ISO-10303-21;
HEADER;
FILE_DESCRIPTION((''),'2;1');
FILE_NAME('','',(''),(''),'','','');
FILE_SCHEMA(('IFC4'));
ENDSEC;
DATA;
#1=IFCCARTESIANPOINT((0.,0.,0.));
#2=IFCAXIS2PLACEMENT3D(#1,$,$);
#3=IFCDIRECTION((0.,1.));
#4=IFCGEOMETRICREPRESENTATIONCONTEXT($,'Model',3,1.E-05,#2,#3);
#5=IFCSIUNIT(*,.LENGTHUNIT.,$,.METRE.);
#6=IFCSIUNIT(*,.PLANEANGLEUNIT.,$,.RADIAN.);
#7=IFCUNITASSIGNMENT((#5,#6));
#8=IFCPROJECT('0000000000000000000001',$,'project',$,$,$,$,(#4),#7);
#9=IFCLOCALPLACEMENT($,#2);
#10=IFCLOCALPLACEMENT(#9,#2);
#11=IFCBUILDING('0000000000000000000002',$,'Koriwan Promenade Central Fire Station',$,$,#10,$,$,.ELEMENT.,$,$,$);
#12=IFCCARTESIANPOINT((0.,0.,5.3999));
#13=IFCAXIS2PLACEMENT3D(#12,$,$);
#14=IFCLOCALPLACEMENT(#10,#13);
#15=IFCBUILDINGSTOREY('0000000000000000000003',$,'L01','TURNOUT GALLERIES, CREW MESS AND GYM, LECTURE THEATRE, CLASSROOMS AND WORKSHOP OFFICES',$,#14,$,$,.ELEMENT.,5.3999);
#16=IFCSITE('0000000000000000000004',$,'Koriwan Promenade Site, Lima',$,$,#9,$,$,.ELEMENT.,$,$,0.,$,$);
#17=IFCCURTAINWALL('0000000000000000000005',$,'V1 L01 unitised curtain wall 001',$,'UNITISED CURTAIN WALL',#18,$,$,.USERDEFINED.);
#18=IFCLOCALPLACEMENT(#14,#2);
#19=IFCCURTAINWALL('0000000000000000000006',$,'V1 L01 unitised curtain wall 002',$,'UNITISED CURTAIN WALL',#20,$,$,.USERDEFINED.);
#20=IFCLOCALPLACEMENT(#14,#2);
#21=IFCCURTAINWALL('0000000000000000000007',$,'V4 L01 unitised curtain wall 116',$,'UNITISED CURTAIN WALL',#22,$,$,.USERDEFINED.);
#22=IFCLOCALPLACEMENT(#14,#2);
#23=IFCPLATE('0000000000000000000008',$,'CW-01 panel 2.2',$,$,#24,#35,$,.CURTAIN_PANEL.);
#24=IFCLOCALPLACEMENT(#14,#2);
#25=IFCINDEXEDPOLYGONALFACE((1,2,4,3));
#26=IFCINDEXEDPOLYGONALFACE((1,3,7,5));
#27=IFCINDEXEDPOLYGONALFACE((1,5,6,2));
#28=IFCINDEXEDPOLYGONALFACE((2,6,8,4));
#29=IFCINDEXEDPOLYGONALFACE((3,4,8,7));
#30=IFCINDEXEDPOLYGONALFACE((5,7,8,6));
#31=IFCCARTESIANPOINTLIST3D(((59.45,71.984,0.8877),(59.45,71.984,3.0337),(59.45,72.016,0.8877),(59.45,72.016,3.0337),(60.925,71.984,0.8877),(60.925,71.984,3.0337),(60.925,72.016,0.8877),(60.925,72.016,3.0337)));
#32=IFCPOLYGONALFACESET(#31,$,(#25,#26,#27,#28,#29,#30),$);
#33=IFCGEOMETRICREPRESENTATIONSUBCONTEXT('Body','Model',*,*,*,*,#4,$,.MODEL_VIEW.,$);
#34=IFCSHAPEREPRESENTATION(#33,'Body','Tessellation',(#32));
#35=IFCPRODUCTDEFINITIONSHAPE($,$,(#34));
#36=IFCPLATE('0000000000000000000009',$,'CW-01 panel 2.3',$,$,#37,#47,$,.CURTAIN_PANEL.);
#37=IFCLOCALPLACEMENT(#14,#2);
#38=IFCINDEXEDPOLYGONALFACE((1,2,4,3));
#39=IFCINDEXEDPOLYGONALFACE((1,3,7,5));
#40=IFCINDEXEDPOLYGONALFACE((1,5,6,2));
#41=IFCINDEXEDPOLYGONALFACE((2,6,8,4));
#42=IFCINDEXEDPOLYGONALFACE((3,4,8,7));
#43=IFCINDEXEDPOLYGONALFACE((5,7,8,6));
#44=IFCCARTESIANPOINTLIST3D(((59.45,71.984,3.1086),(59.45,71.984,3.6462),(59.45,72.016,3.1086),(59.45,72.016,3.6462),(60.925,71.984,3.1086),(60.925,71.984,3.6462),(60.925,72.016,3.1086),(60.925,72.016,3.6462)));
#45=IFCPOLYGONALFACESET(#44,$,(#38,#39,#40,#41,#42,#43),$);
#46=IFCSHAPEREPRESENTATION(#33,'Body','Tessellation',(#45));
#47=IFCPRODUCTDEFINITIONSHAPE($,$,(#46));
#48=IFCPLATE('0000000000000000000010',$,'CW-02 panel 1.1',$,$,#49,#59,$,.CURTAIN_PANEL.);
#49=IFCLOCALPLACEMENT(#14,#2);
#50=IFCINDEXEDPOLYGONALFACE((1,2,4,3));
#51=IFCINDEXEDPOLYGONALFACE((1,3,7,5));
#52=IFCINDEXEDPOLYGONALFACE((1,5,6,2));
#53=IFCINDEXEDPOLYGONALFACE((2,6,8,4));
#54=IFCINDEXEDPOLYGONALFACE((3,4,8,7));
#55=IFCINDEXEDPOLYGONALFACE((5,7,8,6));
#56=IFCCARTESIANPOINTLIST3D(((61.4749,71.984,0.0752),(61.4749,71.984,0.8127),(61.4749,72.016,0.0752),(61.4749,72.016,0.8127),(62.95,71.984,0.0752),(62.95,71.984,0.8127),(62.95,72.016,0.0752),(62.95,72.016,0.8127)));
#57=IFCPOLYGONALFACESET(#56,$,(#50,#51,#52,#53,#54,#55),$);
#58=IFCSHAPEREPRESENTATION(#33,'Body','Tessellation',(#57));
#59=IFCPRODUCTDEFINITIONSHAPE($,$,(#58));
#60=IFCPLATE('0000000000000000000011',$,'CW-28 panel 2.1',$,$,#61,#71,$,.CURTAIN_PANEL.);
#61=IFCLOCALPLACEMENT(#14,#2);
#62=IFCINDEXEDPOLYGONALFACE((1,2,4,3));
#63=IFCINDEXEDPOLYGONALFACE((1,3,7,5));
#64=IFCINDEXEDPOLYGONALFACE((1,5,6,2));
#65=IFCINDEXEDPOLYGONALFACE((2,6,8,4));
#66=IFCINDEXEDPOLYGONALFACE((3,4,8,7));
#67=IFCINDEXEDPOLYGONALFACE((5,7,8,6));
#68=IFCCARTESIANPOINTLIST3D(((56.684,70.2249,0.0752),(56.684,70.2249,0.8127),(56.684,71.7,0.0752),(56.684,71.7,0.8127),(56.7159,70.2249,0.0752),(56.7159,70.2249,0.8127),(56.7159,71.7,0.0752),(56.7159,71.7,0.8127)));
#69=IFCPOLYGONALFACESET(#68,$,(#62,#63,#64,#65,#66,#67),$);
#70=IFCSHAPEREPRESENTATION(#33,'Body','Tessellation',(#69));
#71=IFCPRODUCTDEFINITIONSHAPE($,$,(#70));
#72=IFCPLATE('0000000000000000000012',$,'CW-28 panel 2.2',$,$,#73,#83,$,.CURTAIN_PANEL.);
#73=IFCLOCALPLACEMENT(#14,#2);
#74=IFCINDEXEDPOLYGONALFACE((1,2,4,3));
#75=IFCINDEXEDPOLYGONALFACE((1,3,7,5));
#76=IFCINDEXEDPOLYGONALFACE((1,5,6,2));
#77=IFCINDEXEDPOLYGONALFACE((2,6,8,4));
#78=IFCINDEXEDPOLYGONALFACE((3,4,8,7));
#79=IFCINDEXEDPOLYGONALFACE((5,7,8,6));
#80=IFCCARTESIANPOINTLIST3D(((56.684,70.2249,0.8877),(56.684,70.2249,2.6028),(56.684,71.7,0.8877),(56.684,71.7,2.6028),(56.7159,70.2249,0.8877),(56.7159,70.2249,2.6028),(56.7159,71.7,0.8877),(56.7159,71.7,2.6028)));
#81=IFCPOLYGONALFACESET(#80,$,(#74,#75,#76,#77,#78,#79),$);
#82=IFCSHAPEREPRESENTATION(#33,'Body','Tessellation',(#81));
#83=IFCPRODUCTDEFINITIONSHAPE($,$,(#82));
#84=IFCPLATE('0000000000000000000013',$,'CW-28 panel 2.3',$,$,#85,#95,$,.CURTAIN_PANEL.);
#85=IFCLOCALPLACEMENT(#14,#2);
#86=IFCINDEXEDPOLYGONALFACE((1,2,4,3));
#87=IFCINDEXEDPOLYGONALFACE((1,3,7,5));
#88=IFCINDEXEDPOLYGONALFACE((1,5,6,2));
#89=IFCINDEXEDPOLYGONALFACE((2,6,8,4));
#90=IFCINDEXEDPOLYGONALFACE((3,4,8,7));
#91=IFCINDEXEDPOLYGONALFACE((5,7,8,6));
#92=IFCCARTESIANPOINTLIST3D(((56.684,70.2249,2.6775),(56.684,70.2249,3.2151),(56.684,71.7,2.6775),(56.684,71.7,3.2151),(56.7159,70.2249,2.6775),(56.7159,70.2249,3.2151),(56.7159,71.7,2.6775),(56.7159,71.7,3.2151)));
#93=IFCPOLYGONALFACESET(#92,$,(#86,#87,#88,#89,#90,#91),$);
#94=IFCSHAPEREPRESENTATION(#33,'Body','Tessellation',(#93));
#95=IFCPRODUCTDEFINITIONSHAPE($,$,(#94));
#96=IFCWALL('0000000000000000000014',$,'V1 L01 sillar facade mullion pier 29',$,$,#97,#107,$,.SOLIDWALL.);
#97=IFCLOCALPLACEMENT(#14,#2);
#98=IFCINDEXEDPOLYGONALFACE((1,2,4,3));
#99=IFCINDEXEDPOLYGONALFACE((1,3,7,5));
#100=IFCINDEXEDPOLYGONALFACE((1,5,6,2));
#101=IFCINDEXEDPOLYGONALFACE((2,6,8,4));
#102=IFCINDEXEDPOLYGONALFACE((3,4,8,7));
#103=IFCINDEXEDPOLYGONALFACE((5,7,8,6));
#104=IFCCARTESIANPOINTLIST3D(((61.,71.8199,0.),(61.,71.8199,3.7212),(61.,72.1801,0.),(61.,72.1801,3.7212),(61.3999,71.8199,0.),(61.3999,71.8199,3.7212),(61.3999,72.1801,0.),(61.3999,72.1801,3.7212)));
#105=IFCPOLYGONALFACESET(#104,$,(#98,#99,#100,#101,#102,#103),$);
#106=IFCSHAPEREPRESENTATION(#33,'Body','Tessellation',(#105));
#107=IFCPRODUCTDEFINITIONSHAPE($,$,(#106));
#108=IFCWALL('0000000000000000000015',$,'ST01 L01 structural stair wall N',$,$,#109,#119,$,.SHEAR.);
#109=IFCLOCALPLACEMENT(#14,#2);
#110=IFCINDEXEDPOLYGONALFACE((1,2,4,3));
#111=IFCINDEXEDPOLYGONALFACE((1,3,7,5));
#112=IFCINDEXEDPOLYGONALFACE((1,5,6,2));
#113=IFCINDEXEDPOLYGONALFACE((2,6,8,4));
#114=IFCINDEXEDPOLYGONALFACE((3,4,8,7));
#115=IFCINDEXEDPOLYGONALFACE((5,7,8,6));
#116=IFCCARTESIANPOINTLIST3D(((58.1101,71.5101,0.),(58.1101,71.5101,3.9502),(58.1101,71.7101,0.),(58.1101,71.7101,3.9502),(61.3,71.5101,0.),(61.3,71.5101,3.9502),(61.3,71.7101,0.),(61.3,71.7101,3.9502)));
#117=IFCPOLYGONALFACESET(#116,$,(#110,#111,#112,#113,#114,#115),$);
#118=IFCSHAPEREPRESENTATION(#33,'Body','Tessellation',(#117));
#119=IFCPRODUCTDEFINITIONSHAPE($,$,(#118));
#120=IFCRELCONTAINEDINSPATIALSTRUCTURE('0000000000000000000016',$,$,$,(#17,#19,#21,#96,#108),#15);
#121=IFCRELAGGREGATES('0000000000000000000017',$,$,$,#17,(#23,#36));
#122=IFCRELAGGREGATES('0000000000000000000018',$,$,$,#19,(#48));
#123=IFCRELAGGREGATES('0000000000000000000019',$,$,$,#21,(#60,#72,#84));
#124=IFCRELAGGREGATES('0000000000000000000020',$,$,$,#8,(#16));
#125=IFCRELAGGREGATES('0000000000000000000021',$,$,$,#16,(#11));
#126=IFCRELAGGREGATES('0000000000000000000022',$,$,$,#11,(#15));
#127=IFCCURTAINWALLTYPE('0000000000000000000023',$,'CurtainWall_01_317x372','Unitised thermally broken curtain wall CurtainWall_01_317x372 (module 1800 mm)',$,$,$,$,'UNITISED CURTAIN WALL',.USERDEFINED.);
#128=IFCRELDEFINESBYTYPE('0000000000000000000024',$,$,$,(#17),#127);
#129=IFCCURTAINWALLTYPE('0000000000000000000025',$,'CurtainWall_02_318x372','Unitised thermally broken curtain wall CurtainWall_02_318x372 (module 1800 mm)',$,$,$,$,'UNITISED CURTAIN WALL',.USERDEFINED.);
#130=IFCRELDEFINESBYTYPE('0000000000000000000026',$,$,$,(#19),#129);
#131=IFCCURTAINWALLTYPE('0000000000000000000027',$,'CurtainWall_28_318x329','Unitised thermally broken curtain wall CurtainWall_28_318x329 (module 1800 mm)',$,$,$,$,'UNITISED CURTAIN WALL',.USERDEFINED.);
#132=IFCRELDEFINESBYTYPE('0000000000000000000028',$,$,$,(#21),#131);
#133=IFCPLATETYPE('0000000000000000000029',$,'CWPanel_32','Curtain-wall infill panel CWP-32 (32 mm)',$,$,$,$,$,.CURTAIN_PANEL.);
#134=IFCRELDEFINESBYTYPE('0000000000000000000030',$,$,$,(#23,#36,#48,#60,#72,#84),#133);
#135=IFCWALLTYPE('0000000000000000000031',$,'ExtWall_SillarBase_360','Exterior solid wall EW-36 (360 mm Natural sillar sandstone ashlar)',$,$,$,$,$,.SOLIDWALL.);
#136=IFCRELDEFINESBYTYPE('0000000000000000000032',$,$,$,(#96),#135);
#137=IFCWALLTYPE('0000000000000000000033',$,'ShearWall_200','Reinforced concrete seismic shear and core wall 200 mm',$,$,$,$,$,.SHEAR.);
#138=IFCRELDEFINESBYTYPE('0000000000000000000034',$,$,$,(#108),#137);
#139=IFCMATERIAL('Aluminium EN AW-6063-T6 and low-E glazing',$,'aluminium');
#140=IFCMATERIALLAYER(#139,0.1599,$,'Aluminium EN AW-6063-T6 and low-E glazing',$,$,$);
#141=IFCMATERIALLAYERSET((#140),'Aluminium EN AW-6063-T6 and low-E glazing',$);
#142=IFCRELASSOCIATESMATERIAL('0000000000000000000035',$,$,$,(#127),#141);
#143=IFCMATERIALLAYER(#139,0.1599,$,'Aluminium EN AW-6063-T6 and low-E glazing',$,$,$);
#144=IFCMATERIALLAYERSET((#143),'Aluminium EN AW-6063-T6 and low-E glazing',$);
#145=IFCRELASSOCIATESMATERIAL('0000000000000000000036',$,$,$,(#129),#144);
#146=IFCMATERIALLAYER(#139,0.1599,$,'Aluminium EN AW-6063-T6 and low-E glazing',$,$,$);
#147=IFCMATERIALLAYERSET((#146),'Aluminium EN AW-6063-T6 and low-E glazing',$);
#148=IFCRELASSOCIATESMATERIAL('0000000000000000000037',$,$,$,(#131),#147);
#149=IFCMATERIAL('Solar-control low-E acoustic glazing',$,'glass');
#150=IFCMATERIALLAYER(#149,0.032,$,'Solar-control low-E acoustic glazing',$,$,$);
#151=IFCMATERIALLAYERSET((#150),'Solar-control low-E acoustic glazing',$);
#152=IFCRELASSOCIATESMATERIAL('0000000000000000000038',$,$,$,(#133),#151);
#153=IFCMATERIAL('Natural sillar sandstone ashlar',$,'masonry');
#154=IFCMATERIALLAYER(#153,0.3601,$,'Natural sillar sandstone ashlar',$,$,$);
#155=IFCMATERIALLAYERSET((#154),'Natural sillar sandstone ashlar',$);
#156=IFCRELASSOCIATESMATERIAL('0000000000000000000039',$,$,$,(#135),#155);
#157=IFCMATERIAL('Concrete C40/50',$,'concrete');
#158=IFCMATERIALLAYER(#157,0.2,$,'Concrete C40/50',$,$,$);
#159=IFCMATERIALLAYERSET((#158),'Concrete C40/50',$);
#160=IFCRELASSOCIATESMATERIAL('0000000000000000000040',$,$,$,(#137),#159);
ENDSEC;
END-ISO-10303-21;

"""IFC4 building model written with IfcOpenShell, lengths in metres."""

from ifc_helpers import new_model, si_unit, direction, frame, frame_2d, origin, origin_2d, place, context, subcontext, project, spatial, rectangle, extrude, material, layer, layer_set, type_object, element, aggregate, save


model = new_model("IFC4")

# Units and contexts
model_context = context("Model", 3, precision=1e-05, world=origin(), true_north=direction((0.0, 1.0)))
body_context = subcontext(model_context, "Body", "Model", "MODEL_VIEW")
ifc_project = project(units=[si_unit("LENGTHUNIT", "METRE"), si_unit("PLANEANGLEUNIT", "RADIAN")], contexts=[model_context])

# Site, building, storey
site_placement = place(None, origin())
site = spatial("IfcSite", under=ifc_project, at=site_placement, Name="Koriwan Promenade Site, Lima", CompositionType="ELEMENT", RefElevation=0.0)
building_placement = place(site_placement, origin())
building = spatial("IfcBuilding", under=site, at=building_placement, Name="Koriwan Promenade Central Fire Station", CompositionType="ELEMENT")
storey_placement = place(building_placement, frame((0.0, 0.0, 5.3999)))
storey = spatial("IfcBuildingStorey", under=building, at=storey_placement, Name="L01", Description="TURNOUT GALLERIES, CREW MESS AND GYM, LECTURE THEATRE, CLASSROOMS AND WORKSHOP OFFICES", CompositionType="ELEMENT", Elevation=5.3999)

# Shared definitions
ifc_material_1 = material(Name="Concrete C40/50", Category="concrete")

# Curtain wall
ifc_material_2 = material(Name="Aluminium EN AW-6063-T6 and low-E glazing", Category="aluminium")
ifc_layer_1 = layer(ifc_material_2, 0.1599, Name="Aluminium EN AW-6063-T6 and low-E glazing")
ifc_layer_set_1 = layer_set([ifc_layer_1], Name="Aluminium EN AW-6063-T6 and low-E glazing")
curtain_wall_type_1 = type_object("IfcCurtainWallType", Name="CurtainWall_01_317x372", Description="Unitised thermally broken curtain wall CurtainWall_01_317x372 (module 1800 mm)", ElementType="UNITISED CURTAIN WALL", PredefinedType="USERDEFINED", material=ifc_layer_set_1)
curtain_wall_1_placement = place(storey_placement, origin())
curtain_wall_1 = element("IfcCurtainWall", 1, at=curtain_wall_1_placement, inside=storey, type_object=curtain_wall_type_1, Name="V1 L01 unitised curtain wall 001", ObjectType="UNITISED CURTAIN WALL", PredefinedType="USERDEFINED")

# Curtain walls
ifc_layer_2 = layer(ifc_material_2, 0.1599, Name="Aluminium EN AW-6063-T6 and low-E glazing")
ifc_layer_set_2 = layer_set([ifc_layer_2], Name="Aluminium EN AW-6063-T6 and low-E glazing")
curtain_wall_type_2 = type_object("IfcCurtainWallType", Name="CurtainWall_02_318x372", Description="Unitised thermally broken curtain wall CurtainWall_02_318x372 (module 1800 mm)", ElementType="UNITISED CURTAIN WALL", PredefinedType="USERDEFINED", material=ifc_layer_set_2)
curtain_wall_2_placement = place(storey_placement, origin())
curtain_wall_2 = element("IfcCurtainWall", 2, at=curtain_wall_2_placement, inside=storey, type_object=curtain_wall_type_2, Name="V1 L01 unitised curtain wall 002", ObjectType="UNITISED CURTAIN WALL", PredefinedType="USERDEFINED")
ifc_layer_3 = layer(ifc_material_2, 0.1599, Name="Aluminium EN AW-6063-T6 and low-E glazing")
ifc_layer_set_3 = layer_set([ifc_layer_3], Name="Aluminium EN AW-6063-T6 and low-E glazing")
curtain_wall_type_3 = type_object("IfcCurtainWallType", Name="CurtainWall_28_318x329", Description="Unitised thermally broken curtain wall CurtainWall_28_318x329 (module 1800 mm)", ElementType="UNITISED CURTAIN WALL", PredefinedType="USERDEFINED", material=ifc_layer_set_3)
curtain_wall_3_placement = place(storey_placement, origin())
curtain_wall_3 = element("IfcCurtainWall", 3, at=curtain_wall_3_placement, inside=storey, type_object=curtain_wall_type_3, Name="V4 L01 unitised curtain wall 116", ObjectType="UNITISED CURTAIN WALL", PredefinedType="USERDEFINED")

# Plates
ifc_material_3 = material(Name="Solar-control low-E acoustic glazing", Category="glass")
ifc_layer_4 = layer(ifc_material_3, 0.032, Name="Solar-control low-E acoustic glazing")
ifc_layer_set_4 = layer_set([ifc_layer_4], Name="Solar-control low-E acoustic glazing")
plate_type = type_object("IfcPlateType", Name="CWPanel_32", Description="Curtain-wall infill panel CWP-32 (32 mm)", PredefinedType="CURTAIN_PANEL", material=ifc_layer_set_4)
plate_1_placement = place(storey_placement, frame((60.1875, 72.0, 0.8877), z_axis=(0.0, 0.0, 1.0), x_axis=(1.0, 0.0, 0.0)))
plate_1 = element("IfcPlate", 4, at=plate_1_placement, type_object=plate_type, Name="CW-01 panel 2.2", PredefinedType="CURTAIN_PANEL", context=body_context, shape_type="SweptSolid", body=[
    extrude(rectangle(XDim=1.4751, YDim=0.032, at=origin_2d()), origin(), (0.0, 0.0, 1.0), 2.146),
])
plate_2_placement = place(storey_placement, frame((60.1875, 72.0, 3.1086), z_axis=(0.0, 0.0, 1.0), x_axis=(1.0, 0.0, 0.0)))
plate_2 = element("IfcPlate", 5, at=plate_2_placement, type_object=plate_type, Name="CW-01 panel 2.3", PredefinedType="CURTAIN_PANEL", context=body_context, shape_type="SweptSolid", body=[
    extrude(rectangle(XDim=1.4751, YDim=0.032, at=origin_2d()), origin(), (0.0, 0.0, 1.0), 0.5376),
])
aggregate(curtain_wall_1, [plate_1, plate_2])
plate_3_placement = place(storey_placement, frame((62.2124, 72.0, 0.0752), z_axis=(0.0, 0.0, 1.0), x_axis=(1.0, 0.0, 0.0)))
plate_3 = element("IfcPlate", 6, at=plate_3_placement, type_object=plate_type, Name="CW-02 panel 1.1", PredefinedType="CURTAIN_PANEL", context=body_context, shape_type="SweptSolid", body=[
    extrude(rectangle(XDim=1.4751, YDim=0.032, at=origin_2d()), origin(), (0.0, 0.0, 1.0), 0.7375),
])
aggregate(curtain_wall_2, [plate_3])
plate_4_placement = place(storey_placement, frame((56.7, 70.9624, 0.0752), z_axis=(0.0, 0.0, 1.0), x_axis=(0.0, 1.0, 0.0)))
plate_4 = element("IfcPlate", 7, at=plate_4_placement, type_object=plate_type, Name="CW-28 panel 2.1", PredefinedType="CURTAIN_PANEL", context=body_context, shape_type="SweptSolid", body=[
    extrude(rectangle(XDim=1.4751, YDim=0.032, at=origin_2d()), origin(), (0.0, 0.0, 1.0), 0.7375),
])
plate_5_placement = place(storey_placement, frame((56.7, 70.9624, 0.8877), z_axis=(0.0, 0.0, 1.0), x_axis=(0.0, 1.0, 0.0)))
plate_5 = element("IfcPlate", 8, at=plate_5_placement, type_object=plate_type, Name="CW-28 panel 2.2", PredefinedType="CURTAIN_PANEL", context=body_context, shape_type="SweptSolid", body=[
    extrude(rectangle(XDim=1.4751, YDim=0.032, at=origin_2d()), origin(), (0.0, 0.0, 1.0), 1.7151),
])
plate_6_placement = place(storey_placement, frame((56.7, 70.9624, 2.6775), z_axis=(0.0, 0.0, 1.0), x_axis=(0.0, 1.0, 0.0)))
plate_6 = element("IfcPlate", 9, at=plate_6_placement, type_object=plate_type, Name="CW-28 panel 2.3", PredefinedType="CURTAIN_PANEL", context=body_context, shape_type="SweptSolid", body=[
    extrude(rectangle(XDim=1.4751, YDim=0.032, at=origin_2d()), origin(), (0.0, 0.0, 1.0), 0.5376),
])
aggregate(curtain_wall_3, [plate_4, plate_5, plate_6])

# Walls
ifc_material_4 = material(Name="Natural sillar sandstone ashlar", Category="masonry")
ifc_layer_5 = layer(ifc_material_4, 0.3601, Name="Natural sillar sandstone ashlar")
ifc_layer_set_5 = layer_set([ifc_layer_5], Name="Natural sillar sandstone ashlar")
wall_type_1 = type_object("IfcWallType", Name="ExtWall_SillarBase_360", Description="Exterior solid wall EW-36 (360 mm Natural sillar sandstone ashlar)", PredefinedType="SOLIDWALL", material=ifc_layer_set_5)
wall_1_placement = place(storey_placement, frame((61.0, 72.0, 0.0), z_axis=(0.0, 0.0, 1.0), x_axis=(1.0, 0.0, 0.0)))
element("IfcWall", 10, at=wall_1_placement, inside=storey, type_object=wall_type_1, Name="V1 L01 sillar facade mullion pier 29", PredefinedType="SOLIDWALL", context=body_context, shape_type="SweptSolid", body=[
    extrude(rectangle(XDim=0.3999, YDim=0.3601, at=frame_2d((0.2, 0.0))), origin(), (0.0, 0.0, 1.0), 3.7212),
])
ifc_layer_6 = layer(ifc_material_1, 0.2, Name="Concrete C40/50")
ifc_layer_set_6 = layer_set([ifc_layer_6], Name="Concrete C40/50")
wall_type_2 = type_object("IfcWallType", Name="ShearWall_200", Description="Reinforced concrete seismic shear and core wall 200 mm", PredefinedType="SHEAR", material=ifc_layer_set_6)
wall_2_placement = place(storey_placement, frame((58.1101, 71.6101, 0.0), z_axis=(0.0, 0.0, 1.0), x_axis=(1.0, 0.0, 0.0)))
element("IfcWall", 11, at=wall_2_placement, inside=storey, type_object=wall_type_2, Name="ST01 L01 structural stair wall N", PredefinedType="SHEAR", context=body_context, shape_type="SweptSolid", body=[
    extrude(rectangle(XDim=3.1899, YDim=0.2, at=frame_2d((1.595, 0.0))), origin(), (0.0, 0.0, 1.0), 3.9502),
])

save(model, "model.ifc")
